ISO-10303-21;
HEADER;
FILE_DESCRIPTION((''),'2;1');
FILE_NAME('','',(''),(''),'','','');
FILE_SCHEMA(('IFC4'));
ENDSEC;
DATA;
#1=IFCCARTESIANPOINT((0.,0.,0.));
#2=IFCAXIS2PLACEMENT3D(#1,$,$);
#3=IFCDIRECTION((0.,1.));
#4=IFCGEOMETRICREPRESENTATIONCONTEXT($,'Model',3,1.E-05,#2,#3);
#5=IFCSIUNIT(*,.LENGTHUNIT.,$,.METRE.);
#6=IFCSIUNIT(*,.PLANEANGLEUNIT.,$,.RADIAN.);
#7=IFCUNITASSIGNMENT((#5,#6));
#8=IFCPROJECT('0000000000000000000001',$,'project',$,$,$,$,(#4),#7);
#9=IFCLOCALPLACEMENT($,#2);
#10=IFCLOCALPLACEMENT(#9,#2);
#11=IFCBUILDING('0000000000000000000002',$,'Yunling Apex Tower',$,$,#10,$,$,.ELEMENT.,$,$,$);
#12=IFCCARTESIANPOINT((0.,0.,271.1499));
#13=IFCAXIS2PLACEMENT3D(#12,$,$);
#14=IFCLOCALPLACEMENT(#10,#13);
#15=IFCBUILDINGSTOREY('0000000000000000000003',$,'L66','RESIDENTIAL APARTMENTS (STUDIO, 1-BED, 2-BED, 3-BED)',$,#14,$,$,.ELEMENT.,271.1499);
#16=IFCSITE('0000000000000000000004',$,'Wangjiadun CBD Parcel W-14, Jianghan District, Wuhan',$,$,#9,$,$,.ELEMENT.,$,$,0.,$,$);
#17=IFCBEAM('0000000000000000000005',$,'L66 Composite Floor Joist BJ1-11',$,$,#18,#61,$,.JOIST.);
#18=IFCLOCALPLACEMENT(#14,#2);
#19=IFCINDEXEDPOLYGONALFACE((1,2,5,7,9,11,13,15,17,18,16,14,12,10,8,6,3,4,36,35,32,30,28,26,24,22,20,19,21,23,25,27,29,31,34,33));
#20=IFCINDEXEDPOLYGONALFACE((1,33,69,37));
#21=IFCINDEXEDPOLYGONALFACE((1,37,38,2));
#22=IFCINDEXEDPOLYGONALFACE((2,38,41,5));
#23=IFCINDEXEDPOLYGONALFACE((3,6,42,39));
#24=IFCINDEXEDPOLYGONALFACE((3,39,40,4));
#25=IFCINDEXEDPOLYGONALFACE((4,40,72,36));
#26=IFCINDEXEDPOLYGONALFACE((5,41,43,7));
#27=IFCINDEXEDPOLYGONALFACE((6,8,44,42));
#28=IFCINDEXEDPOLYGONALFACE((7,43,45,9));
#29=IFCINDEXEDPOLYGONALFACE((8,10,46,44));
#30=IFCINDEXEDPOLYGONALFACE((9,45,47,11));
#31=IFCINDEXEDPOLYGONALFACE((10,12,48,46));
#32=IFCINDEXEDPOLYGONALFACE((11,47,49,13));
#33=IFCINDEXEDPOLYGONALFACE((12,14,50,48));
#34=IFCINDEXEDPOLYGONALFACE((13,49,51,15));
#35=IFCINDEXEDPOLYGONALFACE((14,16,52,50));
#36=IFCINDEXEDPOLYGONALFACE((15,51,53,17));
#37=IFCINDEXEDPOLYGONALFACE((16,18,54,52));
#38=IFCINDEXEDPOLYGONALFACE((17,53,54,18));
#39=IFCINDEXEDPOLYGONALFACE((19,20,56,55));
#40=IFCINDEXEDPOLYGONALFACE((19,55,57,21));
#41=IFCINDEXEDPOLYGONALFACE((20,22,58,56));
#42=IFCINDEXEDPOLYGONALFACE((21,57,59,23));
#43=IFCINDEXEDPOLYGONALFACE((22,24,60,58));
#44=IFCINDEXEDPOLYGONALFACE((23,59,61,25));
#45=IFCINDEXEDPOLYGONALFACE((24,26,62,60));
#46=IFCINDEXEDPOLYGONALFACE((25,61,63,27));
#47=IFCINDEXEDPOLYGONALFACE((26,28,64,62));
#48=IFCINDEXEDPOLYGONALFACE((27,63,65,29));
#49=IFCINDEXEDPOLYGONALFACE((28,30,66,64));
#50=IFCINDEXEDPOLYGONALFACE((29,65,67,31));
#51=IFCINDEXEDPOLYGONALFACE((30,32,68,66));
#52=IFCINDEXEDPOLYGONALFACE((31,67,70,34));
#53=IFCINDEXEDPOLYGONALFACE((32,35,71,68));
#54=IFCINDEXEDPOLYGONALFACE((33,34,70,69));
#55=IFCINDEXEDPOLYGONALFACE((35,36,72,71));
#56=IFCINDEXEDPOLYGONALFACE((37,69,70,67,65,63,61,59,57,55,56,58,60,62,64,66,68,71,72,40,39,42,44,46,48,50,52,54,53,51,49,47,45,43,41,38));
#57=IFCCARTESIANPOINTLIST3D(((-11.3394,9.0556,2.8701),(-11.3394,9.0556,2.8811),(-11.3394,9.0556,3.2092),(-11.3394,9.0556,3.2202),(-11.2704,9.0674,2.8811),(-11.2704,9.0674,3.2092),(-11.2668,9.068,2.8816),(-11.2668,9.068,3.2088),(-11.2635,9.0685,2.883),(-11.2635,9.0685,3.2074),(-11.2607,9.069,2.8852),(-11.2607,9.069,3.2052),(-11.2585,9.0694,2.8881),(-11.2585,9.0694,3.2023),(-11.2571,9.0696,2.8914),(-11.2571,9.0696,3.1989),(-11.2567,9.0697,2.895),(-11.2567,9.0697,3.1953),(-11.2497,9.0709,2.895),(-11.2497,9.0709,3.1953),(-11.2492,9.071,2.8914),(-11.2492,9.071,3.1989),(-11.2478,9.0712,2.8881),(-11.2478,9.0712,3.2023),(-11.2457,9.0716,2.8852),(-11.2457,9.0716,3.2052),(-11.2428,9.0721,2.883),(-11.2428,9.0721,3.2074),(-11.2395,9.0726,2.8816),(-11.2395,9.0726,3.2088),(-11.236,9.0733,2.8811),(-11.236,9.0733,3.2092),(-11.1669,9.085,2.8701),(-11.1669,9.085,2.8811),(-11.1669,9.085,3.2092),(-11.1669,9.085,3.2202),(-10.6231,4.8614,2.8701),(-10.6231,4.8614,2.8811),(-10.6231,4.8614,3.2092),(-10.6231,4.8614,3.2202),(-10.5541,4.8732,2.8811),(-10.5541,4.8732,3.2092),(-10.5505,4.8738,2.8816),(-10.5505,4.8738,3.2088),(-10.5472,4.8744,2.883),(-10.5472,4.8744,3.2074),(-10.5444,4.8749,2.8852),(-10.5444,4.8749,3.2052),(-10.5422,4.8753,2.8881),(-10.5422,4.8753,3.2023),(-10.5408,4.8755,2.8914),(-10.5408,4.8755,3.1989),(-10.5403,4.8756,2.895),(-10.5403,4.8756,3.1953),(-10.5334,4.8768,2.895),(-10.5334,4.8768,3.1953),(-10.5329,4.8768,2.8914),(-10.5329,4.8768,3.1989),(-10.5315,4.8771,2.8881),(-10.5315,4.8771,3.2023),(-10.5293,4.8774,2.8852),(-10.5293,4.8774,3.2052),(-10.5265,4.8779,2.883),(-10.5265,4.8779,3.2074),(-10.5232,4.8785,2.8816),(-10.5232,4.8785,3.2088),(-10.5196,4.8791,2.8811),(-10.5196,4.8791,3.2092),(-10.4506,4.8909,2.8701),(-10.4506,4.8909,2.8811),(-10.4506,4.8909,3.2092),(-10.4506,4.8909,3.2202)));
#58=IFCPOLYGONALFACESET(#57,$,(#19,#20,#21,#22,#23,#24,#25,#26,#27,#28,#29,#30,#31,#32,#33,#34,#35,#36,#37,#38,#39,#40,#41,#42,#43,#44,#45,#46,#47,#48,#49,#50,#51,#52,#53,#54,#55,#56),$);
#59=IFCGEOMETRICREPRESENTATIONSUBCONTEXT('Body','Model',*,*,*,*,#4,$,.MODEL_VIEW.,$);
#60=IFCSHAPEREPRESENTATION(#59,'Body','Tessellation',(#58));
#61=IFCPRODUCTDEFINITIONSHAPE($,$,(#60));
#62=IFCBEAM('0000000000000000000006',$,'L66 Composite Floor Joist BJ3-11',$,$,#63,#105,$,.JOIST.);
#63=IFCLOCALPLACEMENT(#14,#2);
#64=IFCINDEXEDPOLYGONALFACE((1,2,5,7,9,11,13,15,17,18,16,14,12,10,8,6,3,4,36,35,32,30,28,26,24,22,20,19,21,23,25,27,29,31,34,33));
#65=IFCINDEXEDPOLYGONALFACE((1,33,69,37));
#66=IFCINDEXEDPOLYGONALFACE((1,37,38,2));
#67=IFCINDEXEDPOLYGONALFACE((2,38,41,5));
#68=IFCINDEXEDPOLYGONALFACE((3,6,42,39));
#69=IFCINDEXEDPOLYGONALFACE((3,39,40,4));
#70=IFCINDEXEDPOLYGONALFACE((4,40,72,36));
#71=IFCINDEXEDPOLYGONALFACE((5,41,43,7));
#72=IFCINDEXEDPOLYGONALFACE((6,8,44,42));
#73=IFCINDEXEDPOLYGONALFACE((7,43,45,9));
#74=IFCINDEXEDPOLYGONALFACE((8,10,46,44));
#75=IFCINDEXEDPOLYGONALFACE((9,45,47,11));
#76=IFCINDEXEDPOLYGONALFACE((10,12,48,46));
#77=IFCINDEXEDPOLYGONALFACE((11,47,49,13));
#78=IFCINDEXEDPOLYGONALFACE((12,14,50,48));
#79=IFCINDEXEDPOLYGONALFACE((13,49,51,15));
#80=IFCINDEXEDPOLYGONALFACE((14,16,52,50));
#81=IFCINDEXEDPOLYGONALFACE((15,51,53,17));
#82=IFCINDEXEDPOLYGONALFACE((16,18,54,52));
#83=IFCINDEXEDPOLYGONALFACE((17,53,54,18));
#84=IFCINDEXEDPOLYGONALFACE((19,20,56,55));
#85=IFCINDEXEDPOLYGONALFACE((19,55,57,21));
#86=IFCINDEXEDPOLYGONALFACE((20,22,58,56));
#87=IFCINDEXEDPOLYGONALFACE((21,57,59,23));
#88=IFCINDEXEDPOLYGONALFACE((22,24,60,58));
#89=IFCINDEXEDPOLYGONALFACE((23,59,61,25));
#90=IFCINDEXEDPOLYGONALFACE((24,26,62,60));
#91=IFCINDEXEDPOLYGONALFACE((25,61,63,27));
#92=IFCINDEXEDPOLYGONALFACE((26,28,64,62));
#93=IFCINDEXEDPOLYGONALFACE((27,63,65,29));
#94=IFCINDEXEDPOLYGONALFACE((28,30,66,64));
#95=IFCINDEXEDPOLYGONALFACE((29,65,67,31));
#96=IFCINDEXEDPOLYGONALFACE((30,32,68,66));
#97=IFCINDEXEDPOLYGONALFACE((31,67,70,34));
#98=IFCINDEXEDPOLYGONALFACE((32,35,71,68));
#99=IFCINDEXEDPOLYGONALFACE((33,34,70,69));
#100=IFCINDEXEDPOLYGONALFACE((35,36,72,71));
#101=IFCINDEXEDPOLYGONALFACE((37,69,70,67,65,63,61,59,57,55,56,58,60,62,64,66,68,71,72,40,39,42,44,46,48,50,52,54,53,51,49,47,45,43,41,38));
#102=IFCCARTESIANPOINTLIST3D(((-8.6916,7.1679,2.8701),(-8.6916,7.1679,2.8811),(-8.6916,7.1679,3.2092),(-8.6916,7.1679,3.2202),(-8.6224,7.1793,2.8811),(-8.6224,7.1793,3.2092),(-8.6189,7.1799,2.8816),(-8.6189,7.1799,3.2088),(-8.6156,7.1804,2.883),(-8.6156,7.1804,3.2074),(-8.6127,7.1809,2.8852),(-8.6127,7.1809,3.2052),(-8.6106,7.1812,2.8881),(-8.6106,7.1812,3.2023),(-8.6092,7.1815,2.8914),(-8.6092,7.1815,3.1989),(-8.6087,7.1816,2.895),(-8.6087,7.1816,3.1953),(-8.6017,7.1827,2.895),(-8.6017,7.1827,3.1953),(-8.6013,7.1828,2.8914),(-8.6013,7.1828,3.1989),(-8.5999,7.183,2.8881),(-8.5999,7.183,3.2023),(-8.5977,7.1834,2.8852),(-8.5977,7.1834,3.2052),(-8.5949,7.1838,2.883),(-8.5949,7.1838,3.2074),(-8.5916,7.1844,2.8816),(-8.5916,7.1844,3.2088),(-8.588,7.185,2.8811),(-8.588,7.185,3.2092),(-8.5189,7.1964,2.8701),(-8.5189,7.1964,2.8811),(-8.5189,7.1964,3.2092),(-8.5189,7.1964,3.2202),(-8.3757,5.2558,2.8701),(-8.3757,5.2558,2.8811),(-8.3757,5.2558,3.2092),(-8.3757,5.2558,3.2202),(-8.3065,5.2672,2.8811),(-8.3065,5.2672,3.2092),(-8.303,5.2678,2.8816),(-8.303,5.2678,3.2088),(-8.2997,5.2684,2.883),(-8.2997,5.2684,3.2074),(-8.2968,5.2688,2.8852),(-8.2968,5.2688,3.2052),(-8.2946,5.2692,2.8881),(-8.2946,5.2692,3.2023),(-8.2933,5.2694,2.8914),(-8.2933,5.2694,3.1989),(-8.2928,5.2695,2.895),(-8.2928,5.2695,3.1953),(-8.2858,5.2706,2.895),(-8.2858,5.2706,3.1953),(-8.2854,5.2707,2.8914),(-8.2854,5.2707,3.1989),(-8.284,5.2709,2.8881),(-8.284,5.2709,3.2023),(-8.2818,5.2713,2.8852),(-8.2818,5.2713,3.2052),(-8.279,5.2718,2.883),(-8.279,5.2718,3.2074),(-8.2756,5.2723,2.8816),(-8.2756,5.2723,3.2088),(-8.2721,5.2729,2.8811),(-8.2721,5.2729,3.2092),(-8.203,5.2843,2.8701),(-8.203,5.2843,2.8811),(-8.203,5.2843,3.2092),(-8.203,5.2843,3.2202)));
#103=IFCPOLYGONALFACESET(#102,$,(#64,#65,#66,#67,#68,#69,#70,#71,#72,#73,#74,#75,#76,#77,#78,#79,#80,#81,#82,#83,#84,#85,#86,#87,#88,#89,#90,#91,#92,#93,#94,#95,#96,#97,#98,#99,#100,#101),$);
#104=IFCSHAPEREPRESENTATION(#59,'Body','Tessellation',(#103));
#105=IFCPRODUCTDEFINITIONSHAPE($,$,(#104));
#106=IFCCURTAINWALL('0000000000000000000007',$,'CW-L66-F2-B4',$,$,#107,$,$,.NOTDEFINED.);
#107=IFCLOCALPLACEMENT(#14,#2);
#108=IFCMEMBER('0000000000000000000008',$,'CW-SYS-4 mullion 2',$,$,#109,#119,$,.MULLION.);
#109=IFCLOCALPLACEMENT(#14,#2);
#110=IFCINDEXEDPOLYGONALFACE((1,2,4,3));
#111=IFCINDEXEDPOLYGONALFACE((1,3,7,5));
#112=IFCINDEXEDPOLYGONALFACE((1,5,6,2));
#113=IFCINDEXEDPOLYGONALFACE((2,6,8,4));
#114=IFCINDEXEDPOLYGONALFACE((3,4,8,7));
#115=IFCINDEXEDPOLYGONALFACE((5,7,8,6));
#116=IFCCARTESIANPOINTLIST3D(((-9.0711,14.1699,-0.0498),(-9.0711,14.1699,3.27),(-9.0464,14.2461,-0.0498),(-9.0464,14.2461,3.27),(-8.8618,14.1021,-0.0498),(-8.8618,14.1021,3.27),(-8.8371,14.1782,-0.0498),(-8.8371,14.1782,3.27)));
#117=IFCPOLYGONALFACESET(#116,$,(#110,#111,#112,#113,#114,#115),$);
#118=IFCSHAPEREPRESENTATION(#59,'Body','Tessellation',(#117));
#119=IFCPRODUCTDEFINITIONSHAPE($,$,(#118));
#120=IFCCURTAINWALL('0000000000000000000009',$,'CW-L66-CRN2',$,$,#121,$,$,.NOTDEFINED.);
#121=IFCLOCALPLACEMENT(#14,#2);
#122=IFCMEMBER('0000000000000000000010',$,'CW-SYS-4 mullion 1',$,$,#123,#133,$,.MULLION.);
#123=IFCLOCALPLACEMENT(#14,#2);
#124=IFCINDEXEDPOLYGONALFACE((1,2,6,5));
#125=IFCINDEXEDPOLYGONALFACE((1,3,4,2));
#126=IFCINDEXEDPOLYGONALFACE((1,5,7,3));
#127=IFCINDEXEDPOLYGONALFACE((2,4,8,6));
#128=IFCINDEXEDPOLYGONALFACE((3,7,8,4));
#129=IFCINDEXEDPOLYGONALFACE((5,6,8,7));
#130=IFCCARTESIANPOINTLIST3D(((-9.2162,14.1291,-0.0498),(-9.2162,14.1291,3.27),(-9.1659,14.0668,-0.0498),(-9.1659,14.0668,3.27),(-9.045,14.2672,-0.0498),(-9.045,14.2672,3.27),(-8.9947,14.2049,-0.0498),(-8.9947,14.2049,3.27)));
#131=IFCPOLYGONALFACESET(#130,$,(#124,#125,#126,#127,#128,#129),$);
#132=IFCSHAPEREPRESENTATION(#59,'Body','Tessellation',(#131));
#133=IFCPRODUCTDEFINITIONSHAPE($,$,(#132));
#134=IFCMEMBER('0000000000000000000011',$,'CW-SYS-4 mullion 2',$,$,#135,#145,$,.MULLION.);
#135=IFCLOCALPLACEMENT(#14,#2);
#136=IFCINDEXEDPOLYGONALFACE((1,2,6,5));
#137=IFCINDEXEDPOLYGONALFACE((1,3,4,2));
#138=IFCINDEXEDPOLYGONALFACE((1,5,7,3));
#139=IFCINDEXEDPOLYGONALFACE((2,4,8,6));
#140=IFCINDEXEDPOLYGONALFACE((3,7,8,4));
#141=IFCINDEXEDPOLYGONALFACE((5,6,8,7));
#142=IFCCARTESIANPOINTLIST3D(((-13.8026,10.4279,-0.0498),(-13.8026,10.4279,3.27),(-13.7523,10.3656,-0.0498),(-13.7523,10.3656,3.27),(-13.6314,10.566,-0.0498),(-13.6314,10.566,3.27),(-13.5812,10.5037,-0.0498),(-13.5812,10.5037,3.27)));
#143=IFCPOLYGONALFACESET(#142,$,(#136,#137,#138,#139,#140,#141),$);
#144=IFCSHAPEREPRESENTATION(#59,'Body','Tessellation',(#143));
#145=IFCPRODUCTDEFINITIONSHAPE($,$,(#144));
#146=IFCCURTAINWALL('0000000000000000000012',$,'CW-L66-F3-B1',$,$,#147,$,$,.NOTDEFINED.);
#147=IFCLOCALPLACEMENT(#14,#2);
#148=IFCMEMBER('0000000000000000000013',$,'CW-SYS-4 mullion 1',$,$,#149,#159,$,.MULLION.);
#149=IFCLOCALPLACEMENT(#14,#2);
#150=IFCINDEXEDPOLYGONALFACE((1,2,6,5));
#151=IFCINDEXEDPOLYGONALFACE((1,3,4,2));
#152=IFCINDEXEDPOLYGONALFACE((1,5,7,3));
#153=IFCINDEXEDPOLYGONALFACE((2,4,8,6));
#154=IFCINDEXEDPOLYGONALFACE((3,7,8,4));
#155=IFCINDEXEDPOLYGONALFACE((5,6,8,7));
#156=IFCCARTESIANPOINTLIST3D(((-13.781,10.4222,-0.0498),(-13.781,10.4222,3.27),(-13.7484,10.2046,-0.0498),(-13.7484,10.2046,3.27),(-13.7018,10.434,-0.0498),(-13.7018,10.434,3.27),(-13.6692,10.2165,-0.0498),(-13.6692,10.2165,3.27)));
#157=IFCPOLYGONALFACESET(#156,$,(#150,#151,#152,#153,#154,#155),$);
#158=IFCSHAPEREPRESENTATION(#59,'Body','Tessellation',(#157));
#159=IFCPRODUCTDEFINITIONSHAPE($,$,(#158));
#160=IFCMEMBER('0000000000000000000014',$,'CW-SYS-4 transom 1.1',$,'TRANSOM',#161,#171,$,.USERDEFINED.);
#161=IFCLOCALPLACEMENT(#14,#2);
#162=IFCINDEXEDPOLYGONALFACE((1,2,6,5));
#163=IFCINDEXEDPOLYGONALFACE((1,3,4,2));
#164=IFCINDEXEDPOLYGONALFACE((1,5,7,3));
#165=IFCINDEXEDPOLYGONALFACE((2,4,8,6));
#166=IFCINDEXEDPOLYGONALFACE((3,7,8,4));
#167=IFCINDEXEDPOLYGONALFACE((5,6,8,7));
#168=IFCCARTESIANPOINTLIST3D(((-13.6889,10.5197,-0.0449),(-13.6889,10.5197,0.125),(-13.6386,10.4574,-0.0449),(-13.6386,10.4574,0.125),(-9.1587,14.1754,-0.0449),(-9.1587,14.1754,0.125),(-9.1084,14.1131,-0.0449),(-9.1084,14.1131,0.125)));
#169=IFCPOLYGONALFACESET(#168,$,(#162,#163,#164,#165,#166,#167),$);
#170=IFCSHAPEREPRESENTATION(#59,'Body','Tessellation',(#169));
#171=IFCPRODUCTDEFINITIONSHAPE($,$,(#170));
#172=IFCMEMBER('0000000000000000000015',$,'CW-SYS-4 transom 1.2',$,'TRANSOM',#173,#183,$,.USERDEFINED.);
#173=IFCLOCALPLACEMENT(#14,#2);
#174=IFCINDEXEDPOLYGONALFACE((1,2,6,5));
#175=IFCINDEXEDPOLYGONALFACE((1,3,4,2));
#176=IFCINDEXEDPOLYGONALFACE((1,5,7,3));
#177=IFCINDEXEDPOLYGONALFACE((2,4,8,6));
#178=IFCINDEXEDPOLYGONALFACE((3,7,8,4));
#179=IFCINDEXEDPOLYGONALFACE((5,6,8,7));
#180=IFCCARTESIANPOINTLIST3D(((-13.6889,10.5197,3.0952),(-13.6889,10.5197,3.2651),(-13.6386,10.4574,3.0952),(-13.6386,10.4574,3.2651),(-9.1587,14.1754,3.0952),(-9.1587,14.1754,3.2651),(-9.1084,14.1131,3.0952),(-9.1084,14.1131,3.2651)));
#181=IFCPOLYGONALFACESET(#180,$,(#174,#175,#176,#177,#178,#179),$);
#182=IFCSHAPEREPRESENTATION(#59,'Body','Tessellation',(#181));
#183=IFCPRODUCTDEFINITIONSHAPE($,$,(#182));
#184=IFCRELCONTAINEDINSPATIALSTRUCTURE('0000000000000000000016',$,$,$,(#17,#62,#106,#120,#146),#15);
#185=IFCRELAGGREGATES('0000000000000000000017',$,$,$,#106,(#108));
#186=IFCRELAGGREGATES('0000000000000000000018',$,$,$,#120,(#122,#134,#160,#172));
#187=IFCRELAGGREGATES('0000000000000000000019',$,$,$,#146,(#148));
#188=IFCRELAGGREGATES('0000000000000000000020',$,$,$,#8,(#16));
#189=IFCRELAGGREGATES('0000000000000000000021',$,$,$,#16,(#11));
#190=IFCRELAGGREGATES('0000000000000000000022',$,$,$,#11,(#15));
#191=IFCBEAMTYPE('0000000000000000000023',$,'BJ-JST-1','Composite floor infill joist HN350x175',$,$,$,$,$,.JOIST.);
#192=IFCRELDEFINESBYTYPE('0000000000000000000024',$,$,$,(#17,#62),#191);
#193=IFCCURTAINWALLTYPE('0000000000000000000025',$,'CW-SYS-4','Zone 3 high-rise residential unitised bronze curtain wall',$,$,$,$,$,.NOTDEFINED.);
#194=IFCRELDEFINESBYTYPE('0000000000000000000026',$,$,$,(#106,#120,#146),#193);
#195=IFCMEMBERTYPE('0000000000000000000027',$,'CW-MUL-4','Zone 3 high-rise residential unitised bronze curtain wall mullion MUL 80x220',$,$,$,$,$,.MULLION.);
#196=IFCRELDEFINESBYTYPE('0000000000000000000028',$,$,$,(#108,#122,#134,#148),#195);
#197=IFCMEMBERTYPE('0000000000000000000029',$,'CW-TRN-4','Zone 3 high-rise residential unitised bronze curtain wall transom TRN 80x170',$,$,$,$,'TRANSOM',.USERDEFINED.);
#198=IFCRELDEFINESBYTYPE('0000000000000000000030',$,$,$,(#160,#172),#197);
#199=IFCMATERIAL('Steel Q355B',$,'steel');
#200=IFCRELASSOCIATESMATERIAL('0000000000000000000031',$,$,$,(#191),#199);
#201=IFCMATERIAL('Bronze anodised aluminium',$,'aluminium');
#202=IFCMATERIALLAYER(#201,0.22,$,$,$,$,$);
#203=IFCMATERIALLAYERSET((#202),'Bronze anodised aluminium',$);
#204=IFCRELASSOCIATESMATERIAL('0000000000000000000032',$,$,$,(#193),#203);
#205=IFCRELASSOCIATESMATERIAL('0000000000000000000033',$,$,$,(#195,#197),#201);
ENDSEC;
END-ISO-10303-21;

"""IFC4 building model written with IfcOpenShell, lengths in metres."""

from ifc_helpers import new_model, si_unit, direction, frame, origin, origin_2d, place, context, subcontext, project, spatial, rectangle, i_section, extrude, source, transform, mapped, material, layer, layer_set, material_profile, profile_set, type_object, element, aggregate, save


model = new_model("IFC4")

# Units and contexts
model_context = context("Model", 3, precision=1e-05, world=origin(), true_north=direction((0.0, 1.0)))
body_context = subcontext(model_context, "Body", "Model", "MODEL_VIEW")
ifc_project = project(units=[si_unit("LENGTHUNIT", "METRE"), si_unit("PLANEANGLEUNIT", "RADIAN")], contexts=[model_context])

# Site, building, storey
site_placement = place(None, origin())
site = spatial("IfcSite", under=ifc_project, at=site_placement, Name="Wangjiadun CBD Parcel W-14, Jianghan District, Wuhan", CompositionType="ELEMENT", RefElevation=0.0)
building_placement = place(site_placement, origin())
building = spatial("IfcBuilding", under=site, at=building_placement, Name="Yunling Apex Tower", CompositionType="ELEMENT")
storey_placement = place(building_placement, frame((0.0, 0.0, 271.1499)))
storey = spatial("IfcBuildingStorey", under=building, at=storey_placement, Name="L66", Description="RESIDENTIAL APARTMENTS (STUDIO, 1-BED, 2-BED, 3-BED)", CompositionType="ELEMENT", Elevation=271.1499)

# Shared definitions
ifc_material_1 = material(Name="Steel Q355B", Category="steel")

# Beams
ifc_material_profile_1 = material_profile(ifc_material_1, i_section(OverallWidth=0.175, OverallDepth=0.3501, WebThickness=0.0071, FlangeThickness=0.011, FilletRadius=0.0139, at=origin_2d()))
ifc_profile_set_1 = profile_set([ifc_material_profile_1], Name="Steel Q355B")
beam_type_1 = type_object("IfcBeamType", Name="BJ-JST-1", Description="Composite floor infill joist HN350x175", PredefinedType="JOIST", material=ifc_profile_set_1)
shared_shape_1 = source(origin(), body_context, "Body", "SweptSolid", [
    extrude(i_section(OverallWidth=0.175, OverallDepth=0.3501, WebThickness=0.0071, FlangeThickness=0.011, FilletRadius=0.0139, at=origin_2d()), origin(), (0.0, 0.0, 1.0), 4.2549),
])
beam_1_placement = place(storey_placement, frame((-11.2532, 9.0703, 3.0452), z_axis=(0.168352, -0.985727, 0.0), x_axis=(0.985727, 0.168352, 0.0)))
element("IfcBeam", 1, at=beam_1_placement, inside=storey, type_object=beam_type_1, Name="L66 Composite Floor Joist BJ1-11", PredefinedType="JOIST", context=body_context, shape_type="MappedRepresentation", body=[
    mapped(shared_shape_1, transform((0.0, 0.0, 0.0), scale=1.0)),
])
shared_shape_2 = source(origin(), body_context, "Body", "SweptSolid", [
    extrude(i_section(OverallWidth=0.175, OverallDepth=0.3501, WebThickness=0.0071, FlangeThickness=0.011, FilletRadius=0.0139, at=origin_2d()), origin(), (0.0, 0.0, 1.0), 1.938),
])
beam_2_placement = place(storey_placement, frame((-8.6052, 7.1821, 3.0452), z_axis=(0.16301, -0.986624, 0.0), x_axis=(0.986624, 0.16301, 0.0)))
element("IfcBeam", 2, at=beam_2_placement, inside=storey, type_object=beam_type_1, Name="L66 Composite Floor Joist BJ3-11", PredefinedType="JOIST", context=body_context, shape_type="MappedRepresentation", body=[
    mapped(shared_shape_2, transform((0.0, 0.0, 0.0), scale=1.0)),
])

# Curtain wall, member
ifc_material_2 = material(Name="Bronze anodised aluminium", Category="aluminium")
ifc_layer_1 = layer(ifc_material_2, 0.22)
ifc_layer_set_1 = layer_set([ifc_layer_1], Name="Bronze anodised aluminium")
curtain_wall_type = type_object("IfcCurtainWallType", Name="CW-SYS-4", Description="Zone 3 high-rise residential unitised bronze curtain wall", PredefinedType="NOTDEFINED", material=ifc_layer_set_1)
curtain_wall_1_placement = place(storey_placement, origin())
curtain_wall_1 = element("IfcCurtainWall", 3, at=curtain_wall_1_placement, inside=storey, type_object=curtain_wall_type, Name="CW-L66-F2-B4", PredefinedType="NOTDEFINED")
ifc_material_profile_2 = material_profile(ifc_material_2, rectangle(XDim=0.0801, YDim=0.22, at=origin_2d()))
ifc_profile_set_2 = profile_set([ifc_material_profile_2], Name="Bronze anodised aluminium")
member_type_1 = type_object("IfcMemberType", Name="CW-MUL-4", Description="Zone 3 high-rise residential unitised bronze curtain wall mullion MUL 80x220", PredefinedType="MULLION", material=ifc_profile_set_2)
shared_shape_3 = source(origin(), body_context, "Body", "SweptSolid", [
    extrude(rectangle(XDim=0.0801, YDim=0.22, at=origin_2d()), origin(), (0.0, 0.0, 1.0), 3.3198),
])
member_1_placement = place(storey_placement, frame((-8.9541, 14.1741, -0.0498), z_axis=(0.0, 0.0, 1.0), x_axis=(-0.308353, -0.951272, 0.0)))
member_1 = element("IfcMember", 4, at=member_1_placement, type_object=member_type_1, Name="CW-SYS-4 mullion 2", PredefinedType="MULLION", context=body_context, shape_type="MappedRepresentation", body=[
    mapped(shared_shape_3, transform((0.0, 0.0, 0.0), scale=1.0)),
])

# Curtain wall, members
curtain_wall_2_placement = place(storey_placement, origin())
curtain_wall_2 = element("IfcCurtainWall", 5, at=curtain_wall_2_placement, inside=storey, type_object=curtain_wall_type, Name="CW-L66-CRN2", PredefinedType="NOTDEFINED")
member_2_placement = place(storey_placement, frame((-9.1055, 14.167, -0.0498), z_axis=(0.0, 0.0, 1.0), x_axis=(0.627989, -0.778222, 0.0)))
member_2 = element("IfcMember", 6, at=member_2_placement, type_object=member_type_1, Name="CW-SYS-4 mullion 1", PredefinedType="MULLION", context=body_context, shape_type="MappedRepresentation", body=[
    mapped(shared_shape_3, transform((0.0, 0.0, 0.0), scale=1.0)),
])
member_3_placement = place(storey_placement, frame((-13.6919, 10.4658, -0.0498), z_axis=(0.0, 0.0, 1.0), x_axis=(0.627989, -0.778222, 0.0)))
member_3 = element("IfcMember", 7, at=member_3_placement, type_object=member_type_1, Name="CW-SYS-4 mullion 2", PredefinedType="MULLION", context=body_context, shape_type="MappedRepresentation", body=[
    mapped(shared_shape_3, transform((0.0, 0.0, 0.0), scale=1.0)),
])

# Curtain wall, member
curtain_wall_3_placement = place(storey_placement, origin())
curtain_wall_3 = element("IfcCurtainWall", 8, at=curtain_wall_3_placement, inside=storey, type_object=curtain_wall_type, Name="CW-L66-F3-B1", PredefinedType="NOTDEFINED")
member_4_placement = place(storey_placement, frame((-13.7251, 10.3193, -0.0498), z_axis=(0.0, 0.0, 1.0), x_axis=(0.989016, 0.147807, 0.0)))
member_4 = element("IfcMember", 9, at=member_4_placement, type_object=member_type_1, Name="CW-SYS-4 mullion 1", PredefinedType="MULLION", context=body_context, shape_type="MappedRepresentation", body=[
    mapped(shared_shape_3, transform((0.0, 0.0, 0.0), scale=1.0)),
])

# Members
ifc_material_profile_3 = material_profile(ifc_material_2, rectangle(XDim=0.0801, YDim=0.1699, at=origin_2d()))
ifc_profile_set_3 = profile_set([ifc_material_profile_3], Name="Bronze anodised aluminium")
member_type_2 = type_object("IfcMemberType", Name="CW-TRN-4", Description="Zone 3 high-rise residential unitised bronze curtain wall transom TRN 80x170", ElementType="TRANSOM", PredefinedType="USERDEFINED", material=ifc_profile_set_3)
shared_shape_4 = source(origin(), body_context, "Body", "SweptSolid", [
    extrude(rectangle(XDim=0.0801, YDim=0.1699, at=origin_2d()), origin(), (0.0, 0.0, 1.0), 5.8213),
])
member_5_placement = place(storey_placement, frame((-9.1335, 14.1443, 0.04), z_axis=(-0.778219, -0.627993, 0.0), x_axis=(0.627993, -0.778219, 0.0)))
member_5 = element("IfcMember", 10, at=member_5_placement, type_object=member_type_2, Name="CW-SYS-4 transom 1.1", ObjectType="TRANSOM", PredefinedType="USERDEFINED", context=body_context, shape_type="MappedRepresentation", body=[
    mapped(shared_shape_4, transform((0.0, 0.0, 0.0), scale=1.0)),
])
member_6_placement = place(storey_placement, frame((-9.1335, 14.1443, 3.1802), z_axis=(-0.778219, -0.627993, 0.0), x_axis=(0.627993, -0.778219, 0.0)))
member_6 = element("IfcMember", 11, at=member_6_placement, type_object=member_type_2, Name="CW-SYS-4 transom 1.2", ObjectType="TRANSOM", PredefinedType="USERDEFINED", context=body_context, shape_type="MappedRepresentation", body=[
    mapped(shared_shape_4, transform((0.0, 0.0, 0.0), scale=1.0)),
])

aggregate(curtain_wall_1, [member_1])
aggregate(curtain_wall_2, [member_2, member_3, member_5, member_6])
aggregate(curtain_wall_3, [member_4])

save(model, "model.ifc")
